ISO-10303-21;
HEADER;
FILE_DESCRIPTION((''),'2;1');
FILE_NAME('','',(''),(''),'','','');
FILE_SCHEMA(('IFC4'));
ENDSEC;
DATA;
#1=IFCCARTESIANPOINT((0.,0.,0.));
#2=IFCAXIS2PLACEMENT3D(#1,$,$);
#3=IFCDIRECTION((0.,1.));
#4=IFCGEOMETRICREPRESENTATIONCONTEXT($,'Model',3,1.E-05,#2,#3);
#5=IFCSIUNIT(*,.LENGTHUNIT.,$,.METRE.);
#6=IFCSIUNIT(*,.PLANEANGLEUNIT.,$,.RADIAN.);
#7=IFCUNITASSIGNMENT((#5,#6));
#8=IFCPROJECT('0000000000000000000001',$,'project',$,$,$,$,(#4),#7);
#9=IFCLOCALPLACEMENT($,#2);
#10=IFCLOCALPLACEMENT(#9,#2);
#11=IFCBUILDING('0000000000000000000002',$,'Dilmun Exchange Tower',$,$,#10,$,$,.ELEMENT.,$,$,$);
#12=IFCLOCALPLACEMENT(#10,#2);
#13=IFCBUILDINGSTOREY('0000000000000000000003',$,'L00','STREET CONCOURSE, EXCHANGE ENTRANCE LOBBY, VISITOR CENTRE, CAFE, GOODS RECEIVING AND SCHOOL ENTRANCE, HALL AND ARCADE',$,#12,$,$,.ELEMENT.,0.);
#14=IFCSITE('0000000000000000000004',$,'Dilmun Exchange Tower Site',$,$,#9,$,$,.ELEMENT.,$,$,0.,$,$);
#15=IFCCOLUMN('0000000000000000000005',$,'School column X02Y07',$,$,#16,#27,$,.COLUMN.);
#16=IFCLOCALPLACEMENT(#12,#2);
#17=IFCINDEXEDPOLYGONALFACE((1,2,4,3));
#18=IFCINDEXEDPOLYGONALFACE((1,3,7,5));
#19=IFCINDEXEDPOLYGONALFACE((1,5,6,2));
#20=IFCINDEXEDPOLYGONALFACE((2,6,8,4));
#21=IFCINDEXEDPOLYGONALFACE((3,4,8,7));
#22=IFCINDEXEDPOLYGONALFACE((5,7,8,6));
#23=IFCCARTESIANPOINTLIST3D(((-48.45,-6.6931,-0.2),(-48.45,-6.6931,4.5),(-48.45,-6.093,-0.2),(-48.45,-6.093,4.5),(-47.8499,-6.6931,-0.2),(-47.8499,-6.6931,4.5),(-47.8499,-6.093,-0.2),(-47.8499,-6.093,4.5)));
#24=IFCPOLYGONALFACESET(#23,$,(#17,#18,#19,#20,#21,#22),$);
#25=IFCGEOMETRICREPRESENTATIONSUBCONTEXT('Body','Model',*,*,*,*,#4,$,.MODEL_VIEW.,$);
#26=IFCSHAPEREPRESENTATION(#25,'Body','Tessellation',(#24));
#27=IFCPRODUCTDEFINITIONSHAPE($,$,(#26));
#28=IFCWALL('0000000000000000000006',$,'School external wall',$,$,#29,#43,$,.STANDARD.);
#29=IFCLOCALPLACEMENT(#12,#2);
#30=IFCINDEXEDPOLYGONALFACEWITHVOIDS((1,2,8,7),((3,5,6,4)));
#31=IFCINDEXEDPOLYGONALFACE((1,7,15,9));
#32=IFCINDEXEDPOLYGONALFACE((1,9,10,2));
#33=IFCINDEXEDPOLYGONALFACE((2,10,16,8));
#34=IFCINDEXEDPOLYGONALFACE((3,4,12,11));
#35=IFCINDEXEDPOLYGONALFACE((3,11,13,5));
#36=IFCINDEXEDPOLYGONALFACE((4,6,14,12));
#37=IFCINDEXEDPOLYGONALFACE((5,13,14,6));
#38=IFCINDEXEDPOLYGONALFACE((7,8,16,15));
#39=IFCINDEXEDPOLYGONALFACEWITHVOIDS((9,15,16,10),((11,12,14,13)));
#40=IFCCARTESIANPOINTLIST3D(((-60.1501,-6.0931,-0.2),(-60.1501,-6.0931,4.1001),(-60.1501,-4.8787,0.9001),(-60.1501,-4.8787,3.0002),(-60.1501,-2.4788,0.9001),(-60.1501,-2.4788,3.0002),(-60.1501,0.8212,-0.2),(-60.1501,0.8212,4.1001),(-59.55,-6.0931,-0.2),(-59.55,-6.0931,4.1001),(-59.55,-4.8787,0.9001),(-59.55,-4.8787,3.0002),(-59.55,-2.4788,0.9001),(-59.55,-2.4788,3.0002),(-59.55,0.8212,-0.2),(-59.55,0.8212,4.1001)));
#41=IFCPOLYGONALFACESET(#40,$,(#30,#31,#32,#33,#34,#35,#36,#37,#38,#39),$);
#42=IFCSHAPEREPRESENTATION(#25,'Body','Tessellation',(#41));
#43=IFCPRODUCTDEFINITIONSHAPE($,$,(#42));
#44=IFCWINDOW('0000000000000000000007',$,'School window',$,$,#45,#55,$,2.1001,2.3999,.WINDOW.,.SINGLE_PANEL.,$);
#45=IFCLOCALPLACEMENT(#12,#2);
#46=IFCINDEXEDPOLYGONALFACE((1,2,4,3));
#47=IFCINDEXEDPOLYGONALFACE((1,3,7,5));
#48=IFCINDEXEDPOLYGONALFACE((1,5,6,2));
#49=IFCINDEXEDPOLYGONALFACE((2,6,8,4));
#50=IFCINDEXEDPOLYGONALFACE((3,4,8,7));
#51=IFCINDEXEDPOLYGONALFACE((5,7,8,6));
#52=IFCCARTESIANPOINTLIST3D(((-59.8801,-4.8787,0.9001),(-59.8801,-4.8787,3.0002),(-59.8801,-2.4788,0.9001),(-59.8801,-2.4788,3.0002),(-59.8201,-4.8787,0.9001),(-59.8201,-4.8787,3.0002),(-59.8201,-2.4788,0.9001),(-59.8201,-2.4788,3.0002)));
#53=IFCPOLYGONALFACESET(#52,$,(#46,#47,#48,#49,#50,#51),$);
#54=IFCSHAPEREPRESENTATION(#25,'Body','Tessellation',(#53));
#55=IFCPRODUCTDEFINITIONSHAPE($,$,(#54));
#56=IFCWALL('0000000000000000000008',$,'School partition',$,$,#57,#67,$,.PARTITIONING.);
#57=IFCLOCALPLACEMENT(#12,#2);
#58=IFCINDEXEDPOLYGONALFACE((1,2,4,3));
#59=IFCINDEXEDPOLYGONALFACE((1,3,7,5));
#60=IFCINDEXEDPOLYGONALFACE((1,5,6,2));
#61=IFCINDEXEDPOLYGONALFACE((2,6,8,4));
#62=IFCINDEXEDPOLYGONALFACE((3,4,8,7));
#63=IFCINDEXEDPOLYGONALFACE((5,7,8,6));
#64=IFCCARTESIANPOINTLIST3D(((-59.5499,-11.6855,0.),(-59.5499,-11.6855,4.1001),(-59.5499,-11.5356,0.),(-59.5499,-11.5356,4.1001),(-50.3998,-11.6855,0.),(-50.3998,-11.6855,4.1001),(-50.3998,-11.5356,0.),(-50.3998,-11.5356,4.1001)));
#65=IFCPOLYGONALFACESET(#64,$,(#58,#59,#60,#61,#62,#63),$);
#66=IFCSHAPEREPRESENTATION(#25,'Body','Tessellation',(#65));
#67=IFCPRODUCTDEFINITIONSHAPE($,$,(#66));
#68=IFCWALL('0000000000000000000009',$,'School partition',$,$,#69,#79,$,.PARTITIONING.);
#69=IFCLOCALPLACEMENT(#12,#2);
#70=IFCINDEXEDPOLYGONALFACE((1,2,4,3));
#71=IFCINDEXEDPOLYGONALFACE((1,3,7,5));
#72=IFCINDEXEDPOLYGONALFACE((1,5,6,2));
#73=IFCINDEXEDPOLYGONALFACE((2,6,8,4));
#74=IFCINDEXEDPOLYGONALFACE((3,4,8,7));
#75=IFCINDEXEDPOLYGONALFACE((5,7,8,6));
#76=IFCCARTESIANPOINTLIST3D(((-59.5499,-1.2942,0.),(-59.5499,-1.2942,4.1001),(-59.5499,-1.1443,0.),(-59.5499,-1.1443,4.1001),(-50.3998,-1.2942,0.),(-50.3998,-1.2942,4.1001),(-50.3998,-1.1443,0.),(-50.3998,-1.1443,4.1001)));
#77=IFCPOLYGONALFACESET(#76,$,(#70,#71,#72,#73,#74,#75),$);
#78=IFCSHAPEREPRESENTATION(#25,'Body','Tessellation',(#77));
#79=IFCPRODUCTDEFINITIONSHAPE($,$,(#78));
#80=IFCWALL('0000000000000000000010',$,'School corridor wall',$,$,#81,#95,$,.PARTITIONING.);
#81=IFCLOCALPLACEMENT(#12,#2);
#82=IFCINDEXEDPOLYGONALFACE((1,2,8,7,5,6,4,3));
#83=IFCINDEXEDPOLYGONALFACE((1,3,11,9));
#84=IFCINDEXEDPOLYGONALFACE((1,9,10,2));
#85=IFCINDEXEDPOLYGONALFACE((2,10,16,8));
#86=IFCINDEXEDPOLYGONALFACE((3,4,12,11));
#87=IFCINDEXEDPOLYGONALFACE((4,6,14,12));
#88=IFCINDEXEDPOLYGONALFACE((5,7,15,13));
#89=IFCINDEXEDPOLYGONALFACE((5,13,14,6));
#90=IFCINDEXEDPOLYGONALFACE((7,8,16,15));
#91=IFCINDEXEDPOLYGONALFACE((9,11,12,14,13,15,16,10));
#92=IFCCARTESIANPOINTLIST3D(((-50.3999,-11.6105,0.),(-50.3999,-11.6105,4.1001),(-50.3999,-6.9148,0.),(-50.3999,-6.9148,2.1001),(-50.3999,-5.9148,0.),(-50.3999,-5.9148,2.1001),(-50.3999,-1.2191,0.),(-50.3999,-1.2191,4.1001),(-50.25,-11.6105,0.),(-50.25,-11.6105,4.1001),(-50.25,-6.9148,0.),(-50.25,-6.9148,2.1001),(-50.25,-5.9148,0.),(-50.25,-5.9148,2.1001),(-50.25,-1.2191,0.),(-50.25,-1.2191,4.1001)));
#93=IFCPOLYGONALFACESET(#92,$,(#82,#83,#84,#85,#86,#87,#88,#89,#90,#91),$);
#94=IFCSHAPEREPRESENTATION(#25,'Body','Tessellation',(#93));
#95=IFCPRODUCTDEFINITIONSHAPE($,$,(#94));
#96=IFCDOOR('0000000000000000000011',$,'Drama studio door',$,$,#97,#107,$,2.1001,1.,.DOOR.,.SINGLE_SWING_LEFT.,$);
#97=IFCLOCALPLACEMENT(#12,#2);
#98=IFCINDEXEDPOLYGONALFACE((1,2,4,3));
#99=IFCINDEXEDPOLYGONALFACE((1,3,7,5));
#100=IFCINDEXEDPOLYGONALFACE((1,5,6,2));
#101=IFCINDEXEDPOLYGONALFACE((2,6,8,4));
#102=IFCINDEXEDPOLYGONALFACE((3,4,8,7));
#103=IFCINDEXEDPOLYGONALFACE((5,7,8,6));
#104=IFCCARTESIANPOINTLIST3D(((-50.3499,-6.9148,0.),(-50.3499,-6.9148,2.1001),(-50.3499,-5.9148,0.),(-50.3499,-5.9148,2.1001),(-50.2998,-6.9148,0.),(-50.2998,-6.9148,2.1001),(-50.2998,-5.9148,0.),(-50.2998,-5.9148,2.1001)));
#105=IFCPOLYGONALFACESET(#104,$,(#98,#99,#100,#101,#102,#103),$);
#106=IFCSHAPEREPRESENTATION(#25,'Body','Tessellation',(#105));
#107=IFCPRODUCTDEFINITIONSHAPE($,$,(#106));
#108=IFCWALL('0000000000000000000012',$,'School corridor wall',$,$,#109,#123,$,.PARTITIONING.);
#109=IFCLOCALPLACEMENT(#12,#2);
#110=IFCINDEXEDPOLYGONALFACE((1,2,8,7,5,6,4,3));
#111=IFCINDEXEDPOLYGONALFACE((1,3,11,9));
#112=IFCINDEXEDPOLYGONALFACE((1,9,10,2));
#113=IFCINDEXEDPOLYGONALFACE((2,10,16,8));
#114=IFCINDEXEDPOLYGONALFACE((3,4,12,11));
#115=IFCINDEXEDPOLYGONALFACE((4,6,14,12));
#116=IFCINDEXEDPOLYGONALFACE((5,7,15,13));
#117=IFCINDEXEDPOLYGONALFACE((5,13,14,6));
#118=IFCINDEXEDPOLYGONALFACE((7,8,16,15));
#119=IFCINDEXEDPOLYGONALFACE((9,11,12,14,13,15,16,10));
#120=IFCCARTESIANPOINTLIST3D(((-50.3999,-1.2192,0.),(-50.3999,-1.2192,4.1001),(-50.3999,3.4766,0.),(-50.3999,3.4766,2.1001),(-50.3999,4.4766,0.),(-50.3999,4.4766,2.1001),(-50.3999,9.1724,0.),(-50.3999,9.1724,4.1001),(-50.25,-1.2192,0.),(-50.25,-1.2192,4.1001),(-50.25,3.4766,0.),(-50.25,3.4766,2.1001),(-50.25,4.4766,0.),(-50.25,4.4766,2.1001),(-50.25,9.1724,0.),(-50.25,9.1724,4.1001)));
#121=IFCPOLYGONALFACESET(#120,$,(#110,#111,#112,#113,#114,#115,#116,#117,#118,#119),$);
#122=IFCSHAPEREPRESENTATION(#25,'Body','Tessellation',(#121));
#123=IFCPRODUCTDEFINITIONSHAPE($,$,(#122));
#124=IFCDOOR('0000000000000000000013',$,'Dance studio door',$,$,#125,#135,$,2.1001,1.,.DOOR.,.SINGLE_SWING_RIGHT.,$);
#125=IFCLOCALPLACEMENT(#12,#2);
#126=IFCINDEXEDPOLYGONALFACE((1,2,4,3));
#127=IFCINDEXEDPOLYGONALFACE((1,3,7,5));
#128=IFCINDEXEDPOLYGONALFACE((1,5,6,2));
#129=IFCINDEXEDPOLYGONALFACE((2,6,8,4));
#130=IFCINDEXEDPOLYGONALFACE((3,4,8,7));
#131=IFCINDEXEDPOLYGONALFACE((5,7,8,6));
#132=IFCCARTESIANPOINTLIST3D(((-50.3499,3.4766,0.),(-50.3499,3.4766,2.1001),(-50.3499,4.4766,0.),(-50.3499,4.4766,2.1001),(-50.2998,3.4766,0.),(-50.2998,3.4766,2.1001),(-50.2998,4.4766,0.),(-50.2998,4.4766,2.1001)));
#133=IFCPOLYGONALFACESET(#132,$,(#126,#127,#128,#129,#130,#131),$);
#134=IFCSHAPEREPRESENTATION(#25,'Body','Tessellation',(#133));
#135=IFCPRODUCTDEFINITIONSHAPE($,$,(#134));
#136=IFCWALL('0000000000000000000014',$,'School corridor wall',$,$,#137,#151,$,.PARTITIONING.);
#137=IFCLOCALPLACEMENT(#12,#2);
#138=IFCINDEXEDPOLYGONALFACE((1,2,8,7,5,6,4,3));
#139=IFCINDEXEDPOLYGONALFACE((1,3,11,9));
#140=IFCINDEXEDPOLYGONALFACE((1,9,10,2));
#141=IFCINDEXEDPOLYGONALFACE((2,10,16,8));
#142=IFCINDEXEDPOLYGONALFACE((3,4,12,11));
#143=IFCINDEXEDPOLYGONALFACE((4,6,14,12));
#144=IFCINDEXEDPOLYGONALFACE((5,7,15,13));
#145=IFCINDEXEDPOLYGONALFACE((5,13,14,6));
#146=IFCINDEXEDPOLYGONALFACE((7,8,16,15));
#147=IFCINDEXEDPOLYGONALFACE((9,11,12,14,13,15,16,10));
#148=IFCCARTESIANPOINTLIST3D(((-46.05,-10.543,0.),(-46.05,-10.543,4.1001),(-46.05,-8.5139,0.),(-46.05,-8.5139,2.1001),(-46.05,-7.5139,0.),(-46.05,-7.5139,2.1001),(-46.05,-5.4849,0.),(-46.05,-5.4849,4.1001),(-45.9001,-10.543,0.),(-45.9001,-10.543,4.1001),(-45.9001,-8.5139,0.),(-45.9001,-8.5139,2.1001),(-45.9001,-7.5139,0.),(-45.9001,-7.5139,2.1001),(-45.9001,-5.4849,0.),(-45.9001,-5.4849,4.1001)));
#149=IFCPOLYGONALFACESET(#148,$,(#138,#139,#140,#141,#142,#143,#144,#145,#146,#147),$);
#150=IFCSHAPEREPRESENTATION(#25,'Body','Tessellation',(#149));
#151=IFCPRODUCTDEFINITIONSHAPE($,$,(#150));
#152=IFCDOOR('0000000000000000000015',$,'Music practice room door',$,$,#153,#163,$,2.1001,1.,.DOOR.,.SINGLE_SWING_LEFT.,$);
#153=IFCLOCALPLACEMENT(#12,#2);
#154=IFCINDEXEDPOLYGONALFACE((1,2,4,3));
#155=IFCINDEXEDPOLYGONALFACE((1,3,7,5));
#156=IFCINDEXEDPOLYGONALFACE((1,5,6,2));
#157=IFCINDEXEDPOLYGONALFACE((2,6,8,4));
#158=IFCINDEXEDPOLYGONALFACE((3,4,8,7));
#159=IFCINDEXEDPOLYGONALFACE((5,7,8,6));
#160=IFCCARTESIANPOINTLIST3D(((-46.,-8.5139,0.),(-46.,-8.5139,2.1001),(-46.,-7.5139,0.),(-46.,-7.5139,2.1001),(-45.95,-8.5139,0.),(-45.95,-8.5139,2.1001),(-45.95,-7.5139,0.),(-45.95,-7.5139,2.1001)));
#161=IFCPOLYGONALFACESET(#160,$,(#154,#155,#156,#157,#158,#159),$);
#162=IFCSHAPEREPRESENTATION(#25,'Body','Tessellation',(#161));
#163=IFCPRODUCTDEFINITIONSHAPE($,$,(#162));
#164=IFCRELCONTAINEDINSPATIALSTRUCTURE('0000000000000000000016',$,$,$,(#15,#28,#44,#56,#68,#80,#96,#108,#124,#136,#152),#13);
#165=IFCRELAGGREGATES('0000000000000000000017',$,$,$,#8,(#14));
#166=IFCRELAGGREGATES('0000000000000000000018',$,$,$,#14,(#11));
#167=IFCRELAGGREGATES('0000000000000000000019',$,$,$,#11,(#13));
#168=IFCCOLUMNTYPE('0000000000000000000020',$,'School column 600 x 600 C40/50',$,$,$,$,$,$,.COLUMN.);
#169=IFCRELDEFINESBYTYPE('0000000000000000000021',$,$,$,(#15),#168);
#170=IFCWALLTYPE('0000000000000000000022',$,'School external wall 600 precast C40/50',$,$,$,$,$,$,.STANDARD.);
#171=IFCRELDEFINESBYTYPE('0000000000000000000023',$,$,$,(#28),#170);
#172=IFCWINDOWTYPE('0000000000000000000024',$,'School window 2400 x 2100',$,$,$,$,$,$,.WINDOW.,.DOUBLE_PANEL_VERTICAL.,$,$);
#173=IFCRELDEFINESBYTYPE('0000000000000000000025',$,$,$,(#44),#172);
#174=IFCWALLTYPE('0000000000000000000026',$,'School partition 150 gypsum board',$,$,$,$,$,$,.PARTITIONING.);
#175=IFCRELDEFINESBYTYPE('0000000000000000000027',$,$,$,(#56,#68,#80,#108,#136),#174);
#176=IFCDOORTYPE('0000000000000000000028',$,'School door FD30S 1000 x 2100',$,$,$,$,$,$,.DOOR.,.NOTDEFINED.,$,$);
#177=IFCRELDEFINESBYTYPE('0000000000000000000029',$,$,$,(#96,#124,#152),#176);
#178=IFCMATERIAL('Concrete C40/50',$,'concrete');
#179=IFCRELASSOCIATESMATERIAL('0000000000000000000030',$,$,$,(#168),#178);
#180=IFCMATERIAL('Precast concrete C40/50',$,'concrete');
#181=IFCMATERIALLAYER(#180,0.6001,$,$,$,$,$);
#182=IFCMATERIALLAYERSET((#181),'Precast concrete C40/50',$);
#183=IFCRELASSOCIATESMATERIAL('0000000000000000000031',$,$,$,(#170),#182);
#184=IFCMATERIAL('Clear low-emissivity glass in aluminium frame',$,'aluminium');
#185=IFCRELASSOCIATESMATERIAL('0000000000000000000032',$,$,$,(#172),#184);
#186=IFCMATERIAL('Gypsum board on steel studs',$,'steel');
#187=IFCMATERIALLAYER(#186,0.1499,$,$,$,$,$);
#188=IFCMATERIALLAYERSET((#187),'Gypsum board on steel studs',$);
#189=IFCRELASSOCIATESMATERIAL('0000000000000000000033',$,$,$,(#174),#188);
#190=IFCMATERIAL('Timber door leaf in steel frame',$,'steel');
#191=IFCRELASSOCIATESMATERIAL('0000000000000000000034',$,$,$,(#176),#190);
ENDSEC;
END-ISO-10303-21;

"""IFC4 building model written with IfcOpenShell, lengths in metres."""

from ifc_helpers import new_model, si_unit, direction, frame, frame_2d, origin, origin_2d, place, context, subcontext, project, spatial, rectangle, extrude, material, layer, layer_set, material_profile, profile_set, type_object, element, fill, save


model = new_model("IFC4")

# Units and contexts
model_context = context("Model", 3, precision=1e-05, world=origin(), true_north=direction((0.0, 1.0)))
body_context = subcontext(model_context, "Body", "Model", "MODEL_VIEW")
ifc_project = project(units=[si_unit("LENGTHUNIT", "METRE"), si_unit("PLANEANGLEUNIT", "RADIAN")], contexts=[model_context])

# Site, building, storey
site_placement = place(None, origin())
site = spatial("IfcSite", under=ifc_project, at=site_placement, Name="Dilmun Exchange Tower Site", CompositionType="ELEMENT", RefElevation=0.0)
building_placement = place(site_placement, origin())
building = spatial("IfcBuilding", under=site, at=building_placement, Name="Dilmun Exchange Tower", CompositionType="ELEMENT")
storey_placement = place(building_placement, origin())
storey = spatial("IfcBuildingStorey", under=building, at=storey_placement, Name="L00", Description="STREET CONCOURSE, EXCHANGE ENTRANCE LOBBY, VISITOR CENTRE, CAFE, GOODS RECEIVING AND SCHOOL ENTRANCE, HALL AND ARCADE", CompositionType="ELEMENT", Elevation=0.0)

# Column
ifc_material_1 = material(Name="Concrete C40/50", Category="concrete")
ifc_material_profile_1 = material_profile(ifc_material_1, rectangle(XDim=0.6001, YDim=0.6001, at=origin_2d()), Name="600 x 600")
ifc_profile_set_1 = profile_set([ifc_material_profile_1], Name="Concrete C40/50")
column_type = type_object("IfcColumnType", Name="School column 600 x 600 C40/50", PredefinedType="COLUMN", material=ifc_profile_set_1)
for number, where, z_axis, x_axis, name in (
    (1, (-48.1499, -6.3931, -0.2), (0.0, 0.0, 1.0), (1.0, 0.0, 0.0), "School column X02Y07"),
):
    element("IfcColumn", number, at=place(storey_placement, frame(where, z_axis=z_axis, x_axis=x_axis)), inside=storey, type_object=column_type, Name=name, PredefinedType="COLUMN", context=body_context, shape_type="SweptSolid", body=[
        extrude(rectangle(XDim=0.6001, YDim=0.6001, at=origin_2d()), origin(), (0.0, 0.0, 1.0), 4.7),
    ])

# Wall, opening, window
ifc_material_2 = material(Name="Precast concrete C40/50", Category="concrete")
ifc_layer_1 = layer(ifc_material_2, 0.6001)
ifc_layer_set_1 = layer_set([ifc_layer_1], Name="Precast concrete C40/50")
wall_type_1 = type_object("IfcWallType", Name="School external wall 600 precast C40/50", PredefinedType="STANDARD", material=ifc_layer_set_1)
wall_1_placement = place(storey_placement, frame((-59.8501, -6.093, -0.2), z_axis=(0.0, 0.0, 1.0), x_axis=(0.0, 1.0, 0.0)))
wall_1 = element("IfcWall", 2, at=wall_1_placement, inside=storey, type_object=wall_type_1, Name="School external wall", PredefinedType="STANDARD", context=body_context, shape_type="SweptSolid", body=[
    extrude(rectangle(XDim=6.9143, YDim=0.6001, at=frame_2d((3.457, 0.0))), origin(), (0.0, 0.0, 1.0), 4.3),
])
opening_1_placement = place(wall_1_placement, frame((1.2144, 0.0, 1.1001)))
opening_1 = element("IfcOpeningElement", 3, at=opening_1_placement, cuts=wall_1, PredefinedType="OPENING", context=body_context, shape_type="SweptSolid", body=[
    extrude(rectangle(XDim=2.3999, YDim=2.1001, at=frame_2d((1.2, 1.05))), frame((0.0, 0.3101, 0.0), z_axis=(0.0, -1.0, 0.0), x_axis=(1.0, 0.0, 0.0)), (0.0, 0.0, 1.0), 0.6201),
])
ifc_material_3 = material(Name="Clear low-emissivity glass in aluminium frame", Category="aluminium")
window_type = type_object("IfcWindowType", Name="School window 2400 x 2100", PartitioningType="DOUBLE_PANEL_VERTICAL", PredefinedType="WINDOW", material=ifc_material_3)
window_placement = place(opening_1_placement, origin())
window = element("IfcWindow", 4, at=window_placement, inside=storey, type_object=window_type, Name="School window", OverallHeight=2.1001, OverallWidth=2.3999, PartitioningType="SINGLE_PANEL", PredefinedType="WINDOW", context=body_context, shape_type="SweptSolid", body=[
    extrude(rectangle(XDim=2.3999, YDim=2.1001, at=frame_2d((1.2, 1.05))), frame((0.0, 0.03, 0.0), z_axis=(0.0, -1.0, 0.0), x_axis=(1.0, 0.0, 0.0)), (0.0, 0.0, 1.0), 0.0601),
])
fill(opening_1, window)

# Walls
ifc_material_4 = material(Name="Gypsum board on steel studs", Category="steel")
ifc_layer_2 = layer(ifc_material_4, 0.1499)
ifc_layer_set_2 = layer_set([ifc_layer_2], Name="Gypsum board on steel studs")
wall_type_2 = type_object("IfcWallType", Name="School partition 150 gypsum board", PredefinedType="PARTITIONING", material=ifc_layer_set_2)
for number, where, z_axis, x_axis, name in (
    (5, (-59.55, -11.6106, 0.0), (0.0, 0.0, 1.0), (1.0, 0.0, 0.0), "School partition"),
    (6, (-59.55, -1.2192, 0.0), (0.0, 0.0, 1.0), (1.0, 0.0, 0.0), "School partition"),
):
    element("IfcWall", number, at=place(storey_placement, frame(where, z_axis=z_axis, x_axis=x_axis)), inside=storey, type_object=wall_type_2, Name=name, PredefinedType="PARTITIONING", context=body_context, shape_type="SweptSolid", body=[
        extrude(rectangle(XDim=9.1501, YDim=0.1499, at=frame_2d((4.5752, 0.0))), origin(), (0.0, 0.0, 1.0), 4.1001),
    ])

# Walls, openings, doors
wall_2_placement = place(storey_placement, frame((-50.325, -11.6106, 0.0), z_axis=(0.0, 0.0, 1.0), x_axis=(0.0, 1.0, 0.0)))
wall_2 = element("IfcWall", 7, at=wall_2_placement, inside=storey, type_object=wall_type_2, Name="School corridor wall", PredefinedType="PARTITIONING", context=body_context, shape_type="SweptSolid", body=[
    extrude(rectangle(XDim=10.3914, YDim=0.1499, at=frame_2d((5.1958, 0.0))), origin(), (0.0, 0.0, 1.0), 4.1001),
])
opening_2_placement = place(wall_2_placement, frame((4.6958, 0.0, 0.0)))
opening_2 = element("IfcOpeningElement", 8, at=opening_2_placement, cuts=wall_2, PredefinedType="OPENING", context=body_context, shape_type="SweptSolid", body=[
    extrude(rectangle(XDim=1.0, YDim=2.1001, at=frame_2d((0.5, 1.05))), frame((0.0, 0.085, 0.0), z_axis=(0.0, -1.0, 0.0), x_axis=(1.0, 0.0, 0.0)), (0.0, 0.0, 1.0), 0.1699),
])
ifc_material_5 = material(Name="Timber door leaf in steel frame", Category="steel")
door_type_1 = type_object("IfcDoorType", Name="School door FD30S 1000 x 2100", OperationType="NOTDEFINED", PredefinedType="DOOR", material=ifc_material_5)
door_1_placement = place(opening_2_placement, origin())
door_1 = element("IfcDoor", 9, at=door_1_placement, inside=storey, type_object=door_type_1, Name="Drama studio door", OperationType="SINGLE_SWING_LEFT", OverallHeight=2.1001, OverallWidth=1.0, PredefinedType="DOOR", context=body_context, shape_type="SweptSolid", body=[
    extrude(rectangle(XDim=1.0, YDim=2.1001, at=frame_2d((0.5, 1.05))), frame((0.0, 0.0249, 0.0), z_axis=(0.0, -1.0, 0.0), x_axis=(1.0, 0.0, 0.0)), (0.0, 0.0, 1.0), 0.05),
])
fill(opening_2, door_1)
wall_3_placement = place(storey_placement, frame((-50.325, -1.2192, 0.0), z_axis=(0.0, 0.0, 1.0), x_axis=(0.0, 1.0, 0.0)))
wall_3 = element("IfcWall", 10, at=wall_3_placement, inside=storey, type_object=wall_type_2, Name="School corridor wall", PredefinedType="PARTITIONING", context=body_context, shape_type="SweptSolid", body=[
    extrude(rectangle(XDim=10.3916, YDim=0.1499, at=frame_2d((5.1958, 0.0))), origin(), (0.0, 0.0, 1.0), 4.1001),
])
opening_3_placement = place(wall_3_placement, frame((4.6958, 0.0, 0.0)))
opening_3 = element("IfcOpeningElement", 11, at=opening_3_placement, cuts=wall_3, PredefinedType="OPENING", context=body_context, shape_type="SweptSolid", body=[
    extrude(rectangle(XDim=1.0, YDim=2.1001, at=frame_2d((0.5, 1.05))), frame((0.0, 0.085, 0.0), z_axis=(0.0, -1.0, 0.0), x_axis=(1.0, 0.0, 0.0)), (0.0, 0.0, 1.0), 0.1699),
])
door_2_placement = place(opening_3_placement, origin())
door_2 = element("IfcDoor", 12, at=door_2_placement, inside=storey, type_object=door_type_1, Name="Dance studio door", OperationType="SINGLE_SWING_RIGHT", OverallHeight=2.1001, OverallWidth=1.0, PredefinedType="DOOR", context=body_context, shape_type="SweptSolid", body=[
    extrude(rectangle(XDim=1.0, YDim=2.1001, at=frame_2d((0.5, 1.05))), frame((0.0, 0.0249, 0.0), z_axis=(0.0, -1.0, 0.0), x_axis=(1.0, 0.0, 0.0)), (0.0, 0.0, 1.0), 0.05),
])
fill(opening_3, door_2)
wall_4_placement = place(storey_placement, frame((-45.9751, -10.543, 0.0), z_axis=(0.0, 0.0, 1.0), x_axis=(0.0, 1.0, 0.0)))
wall_4 = element("IfcWall", 13, at=wall_4_placement, inside=storey, type_object=wall_type_2, Name="School corridor wall", PredefinedType="PARTITIONING", context=body_context, shape_type="SweptSolid", body=[
    extrude(rectangle(XDim=5.0581, YDim=0.1499, at=frame_2d((2.5291, 0.0))), origin(), (0.0, 0.0, 1.0), 4.1001),
])
opening_4_placement = place(wall_4_placement, frame((2.0291, 0.0, 0.0)))
opening_4 = element("IfcOpeningElement", 14, at=opening_4_placement, cuts=wall_4, PredefinedType="OPENING", context=body_context, shape_type="SweptSolid", body=[
    extrude(rectangle(XDim=1.0, YDim=2.1001, at=frame_2d((0.5, 1.05))), frame((0.0, 0.085, 0.0), z_axis=(0.0, -1.0, 0.0), x_axis=(1.0, 0.0, 0.0)), (0.0, 0.0, 1.0), 0.1699),
])
door_3_placement = place(opening_4_placement, origin())
door_3 = element("IfcDoor", 15, at=door_3_placement, inside=storey, type_object=door_type_1, Name="Music practice room door", OperationType="SINGLE_SWING_LEFT", OverallHeight=2.1001, OverallWidth=1.0, PredefinedType="DOOR", context=body_context, shape_type="SweptSolid", body=[
    extrude(rectangle(XDim=1.0, YDim=2.1001, at=frame_2d((0.5, 1.05))), frame((0.0, 0.0249, 0.0), z_axis=(0.0, -1.0, 0.0), x_axis=(1.0, 0.0, 0.0)), (0.0, 0.0, 1.0), 0.05),
])
fill(opening_4, door_3)

save(model, "model.ifc")
